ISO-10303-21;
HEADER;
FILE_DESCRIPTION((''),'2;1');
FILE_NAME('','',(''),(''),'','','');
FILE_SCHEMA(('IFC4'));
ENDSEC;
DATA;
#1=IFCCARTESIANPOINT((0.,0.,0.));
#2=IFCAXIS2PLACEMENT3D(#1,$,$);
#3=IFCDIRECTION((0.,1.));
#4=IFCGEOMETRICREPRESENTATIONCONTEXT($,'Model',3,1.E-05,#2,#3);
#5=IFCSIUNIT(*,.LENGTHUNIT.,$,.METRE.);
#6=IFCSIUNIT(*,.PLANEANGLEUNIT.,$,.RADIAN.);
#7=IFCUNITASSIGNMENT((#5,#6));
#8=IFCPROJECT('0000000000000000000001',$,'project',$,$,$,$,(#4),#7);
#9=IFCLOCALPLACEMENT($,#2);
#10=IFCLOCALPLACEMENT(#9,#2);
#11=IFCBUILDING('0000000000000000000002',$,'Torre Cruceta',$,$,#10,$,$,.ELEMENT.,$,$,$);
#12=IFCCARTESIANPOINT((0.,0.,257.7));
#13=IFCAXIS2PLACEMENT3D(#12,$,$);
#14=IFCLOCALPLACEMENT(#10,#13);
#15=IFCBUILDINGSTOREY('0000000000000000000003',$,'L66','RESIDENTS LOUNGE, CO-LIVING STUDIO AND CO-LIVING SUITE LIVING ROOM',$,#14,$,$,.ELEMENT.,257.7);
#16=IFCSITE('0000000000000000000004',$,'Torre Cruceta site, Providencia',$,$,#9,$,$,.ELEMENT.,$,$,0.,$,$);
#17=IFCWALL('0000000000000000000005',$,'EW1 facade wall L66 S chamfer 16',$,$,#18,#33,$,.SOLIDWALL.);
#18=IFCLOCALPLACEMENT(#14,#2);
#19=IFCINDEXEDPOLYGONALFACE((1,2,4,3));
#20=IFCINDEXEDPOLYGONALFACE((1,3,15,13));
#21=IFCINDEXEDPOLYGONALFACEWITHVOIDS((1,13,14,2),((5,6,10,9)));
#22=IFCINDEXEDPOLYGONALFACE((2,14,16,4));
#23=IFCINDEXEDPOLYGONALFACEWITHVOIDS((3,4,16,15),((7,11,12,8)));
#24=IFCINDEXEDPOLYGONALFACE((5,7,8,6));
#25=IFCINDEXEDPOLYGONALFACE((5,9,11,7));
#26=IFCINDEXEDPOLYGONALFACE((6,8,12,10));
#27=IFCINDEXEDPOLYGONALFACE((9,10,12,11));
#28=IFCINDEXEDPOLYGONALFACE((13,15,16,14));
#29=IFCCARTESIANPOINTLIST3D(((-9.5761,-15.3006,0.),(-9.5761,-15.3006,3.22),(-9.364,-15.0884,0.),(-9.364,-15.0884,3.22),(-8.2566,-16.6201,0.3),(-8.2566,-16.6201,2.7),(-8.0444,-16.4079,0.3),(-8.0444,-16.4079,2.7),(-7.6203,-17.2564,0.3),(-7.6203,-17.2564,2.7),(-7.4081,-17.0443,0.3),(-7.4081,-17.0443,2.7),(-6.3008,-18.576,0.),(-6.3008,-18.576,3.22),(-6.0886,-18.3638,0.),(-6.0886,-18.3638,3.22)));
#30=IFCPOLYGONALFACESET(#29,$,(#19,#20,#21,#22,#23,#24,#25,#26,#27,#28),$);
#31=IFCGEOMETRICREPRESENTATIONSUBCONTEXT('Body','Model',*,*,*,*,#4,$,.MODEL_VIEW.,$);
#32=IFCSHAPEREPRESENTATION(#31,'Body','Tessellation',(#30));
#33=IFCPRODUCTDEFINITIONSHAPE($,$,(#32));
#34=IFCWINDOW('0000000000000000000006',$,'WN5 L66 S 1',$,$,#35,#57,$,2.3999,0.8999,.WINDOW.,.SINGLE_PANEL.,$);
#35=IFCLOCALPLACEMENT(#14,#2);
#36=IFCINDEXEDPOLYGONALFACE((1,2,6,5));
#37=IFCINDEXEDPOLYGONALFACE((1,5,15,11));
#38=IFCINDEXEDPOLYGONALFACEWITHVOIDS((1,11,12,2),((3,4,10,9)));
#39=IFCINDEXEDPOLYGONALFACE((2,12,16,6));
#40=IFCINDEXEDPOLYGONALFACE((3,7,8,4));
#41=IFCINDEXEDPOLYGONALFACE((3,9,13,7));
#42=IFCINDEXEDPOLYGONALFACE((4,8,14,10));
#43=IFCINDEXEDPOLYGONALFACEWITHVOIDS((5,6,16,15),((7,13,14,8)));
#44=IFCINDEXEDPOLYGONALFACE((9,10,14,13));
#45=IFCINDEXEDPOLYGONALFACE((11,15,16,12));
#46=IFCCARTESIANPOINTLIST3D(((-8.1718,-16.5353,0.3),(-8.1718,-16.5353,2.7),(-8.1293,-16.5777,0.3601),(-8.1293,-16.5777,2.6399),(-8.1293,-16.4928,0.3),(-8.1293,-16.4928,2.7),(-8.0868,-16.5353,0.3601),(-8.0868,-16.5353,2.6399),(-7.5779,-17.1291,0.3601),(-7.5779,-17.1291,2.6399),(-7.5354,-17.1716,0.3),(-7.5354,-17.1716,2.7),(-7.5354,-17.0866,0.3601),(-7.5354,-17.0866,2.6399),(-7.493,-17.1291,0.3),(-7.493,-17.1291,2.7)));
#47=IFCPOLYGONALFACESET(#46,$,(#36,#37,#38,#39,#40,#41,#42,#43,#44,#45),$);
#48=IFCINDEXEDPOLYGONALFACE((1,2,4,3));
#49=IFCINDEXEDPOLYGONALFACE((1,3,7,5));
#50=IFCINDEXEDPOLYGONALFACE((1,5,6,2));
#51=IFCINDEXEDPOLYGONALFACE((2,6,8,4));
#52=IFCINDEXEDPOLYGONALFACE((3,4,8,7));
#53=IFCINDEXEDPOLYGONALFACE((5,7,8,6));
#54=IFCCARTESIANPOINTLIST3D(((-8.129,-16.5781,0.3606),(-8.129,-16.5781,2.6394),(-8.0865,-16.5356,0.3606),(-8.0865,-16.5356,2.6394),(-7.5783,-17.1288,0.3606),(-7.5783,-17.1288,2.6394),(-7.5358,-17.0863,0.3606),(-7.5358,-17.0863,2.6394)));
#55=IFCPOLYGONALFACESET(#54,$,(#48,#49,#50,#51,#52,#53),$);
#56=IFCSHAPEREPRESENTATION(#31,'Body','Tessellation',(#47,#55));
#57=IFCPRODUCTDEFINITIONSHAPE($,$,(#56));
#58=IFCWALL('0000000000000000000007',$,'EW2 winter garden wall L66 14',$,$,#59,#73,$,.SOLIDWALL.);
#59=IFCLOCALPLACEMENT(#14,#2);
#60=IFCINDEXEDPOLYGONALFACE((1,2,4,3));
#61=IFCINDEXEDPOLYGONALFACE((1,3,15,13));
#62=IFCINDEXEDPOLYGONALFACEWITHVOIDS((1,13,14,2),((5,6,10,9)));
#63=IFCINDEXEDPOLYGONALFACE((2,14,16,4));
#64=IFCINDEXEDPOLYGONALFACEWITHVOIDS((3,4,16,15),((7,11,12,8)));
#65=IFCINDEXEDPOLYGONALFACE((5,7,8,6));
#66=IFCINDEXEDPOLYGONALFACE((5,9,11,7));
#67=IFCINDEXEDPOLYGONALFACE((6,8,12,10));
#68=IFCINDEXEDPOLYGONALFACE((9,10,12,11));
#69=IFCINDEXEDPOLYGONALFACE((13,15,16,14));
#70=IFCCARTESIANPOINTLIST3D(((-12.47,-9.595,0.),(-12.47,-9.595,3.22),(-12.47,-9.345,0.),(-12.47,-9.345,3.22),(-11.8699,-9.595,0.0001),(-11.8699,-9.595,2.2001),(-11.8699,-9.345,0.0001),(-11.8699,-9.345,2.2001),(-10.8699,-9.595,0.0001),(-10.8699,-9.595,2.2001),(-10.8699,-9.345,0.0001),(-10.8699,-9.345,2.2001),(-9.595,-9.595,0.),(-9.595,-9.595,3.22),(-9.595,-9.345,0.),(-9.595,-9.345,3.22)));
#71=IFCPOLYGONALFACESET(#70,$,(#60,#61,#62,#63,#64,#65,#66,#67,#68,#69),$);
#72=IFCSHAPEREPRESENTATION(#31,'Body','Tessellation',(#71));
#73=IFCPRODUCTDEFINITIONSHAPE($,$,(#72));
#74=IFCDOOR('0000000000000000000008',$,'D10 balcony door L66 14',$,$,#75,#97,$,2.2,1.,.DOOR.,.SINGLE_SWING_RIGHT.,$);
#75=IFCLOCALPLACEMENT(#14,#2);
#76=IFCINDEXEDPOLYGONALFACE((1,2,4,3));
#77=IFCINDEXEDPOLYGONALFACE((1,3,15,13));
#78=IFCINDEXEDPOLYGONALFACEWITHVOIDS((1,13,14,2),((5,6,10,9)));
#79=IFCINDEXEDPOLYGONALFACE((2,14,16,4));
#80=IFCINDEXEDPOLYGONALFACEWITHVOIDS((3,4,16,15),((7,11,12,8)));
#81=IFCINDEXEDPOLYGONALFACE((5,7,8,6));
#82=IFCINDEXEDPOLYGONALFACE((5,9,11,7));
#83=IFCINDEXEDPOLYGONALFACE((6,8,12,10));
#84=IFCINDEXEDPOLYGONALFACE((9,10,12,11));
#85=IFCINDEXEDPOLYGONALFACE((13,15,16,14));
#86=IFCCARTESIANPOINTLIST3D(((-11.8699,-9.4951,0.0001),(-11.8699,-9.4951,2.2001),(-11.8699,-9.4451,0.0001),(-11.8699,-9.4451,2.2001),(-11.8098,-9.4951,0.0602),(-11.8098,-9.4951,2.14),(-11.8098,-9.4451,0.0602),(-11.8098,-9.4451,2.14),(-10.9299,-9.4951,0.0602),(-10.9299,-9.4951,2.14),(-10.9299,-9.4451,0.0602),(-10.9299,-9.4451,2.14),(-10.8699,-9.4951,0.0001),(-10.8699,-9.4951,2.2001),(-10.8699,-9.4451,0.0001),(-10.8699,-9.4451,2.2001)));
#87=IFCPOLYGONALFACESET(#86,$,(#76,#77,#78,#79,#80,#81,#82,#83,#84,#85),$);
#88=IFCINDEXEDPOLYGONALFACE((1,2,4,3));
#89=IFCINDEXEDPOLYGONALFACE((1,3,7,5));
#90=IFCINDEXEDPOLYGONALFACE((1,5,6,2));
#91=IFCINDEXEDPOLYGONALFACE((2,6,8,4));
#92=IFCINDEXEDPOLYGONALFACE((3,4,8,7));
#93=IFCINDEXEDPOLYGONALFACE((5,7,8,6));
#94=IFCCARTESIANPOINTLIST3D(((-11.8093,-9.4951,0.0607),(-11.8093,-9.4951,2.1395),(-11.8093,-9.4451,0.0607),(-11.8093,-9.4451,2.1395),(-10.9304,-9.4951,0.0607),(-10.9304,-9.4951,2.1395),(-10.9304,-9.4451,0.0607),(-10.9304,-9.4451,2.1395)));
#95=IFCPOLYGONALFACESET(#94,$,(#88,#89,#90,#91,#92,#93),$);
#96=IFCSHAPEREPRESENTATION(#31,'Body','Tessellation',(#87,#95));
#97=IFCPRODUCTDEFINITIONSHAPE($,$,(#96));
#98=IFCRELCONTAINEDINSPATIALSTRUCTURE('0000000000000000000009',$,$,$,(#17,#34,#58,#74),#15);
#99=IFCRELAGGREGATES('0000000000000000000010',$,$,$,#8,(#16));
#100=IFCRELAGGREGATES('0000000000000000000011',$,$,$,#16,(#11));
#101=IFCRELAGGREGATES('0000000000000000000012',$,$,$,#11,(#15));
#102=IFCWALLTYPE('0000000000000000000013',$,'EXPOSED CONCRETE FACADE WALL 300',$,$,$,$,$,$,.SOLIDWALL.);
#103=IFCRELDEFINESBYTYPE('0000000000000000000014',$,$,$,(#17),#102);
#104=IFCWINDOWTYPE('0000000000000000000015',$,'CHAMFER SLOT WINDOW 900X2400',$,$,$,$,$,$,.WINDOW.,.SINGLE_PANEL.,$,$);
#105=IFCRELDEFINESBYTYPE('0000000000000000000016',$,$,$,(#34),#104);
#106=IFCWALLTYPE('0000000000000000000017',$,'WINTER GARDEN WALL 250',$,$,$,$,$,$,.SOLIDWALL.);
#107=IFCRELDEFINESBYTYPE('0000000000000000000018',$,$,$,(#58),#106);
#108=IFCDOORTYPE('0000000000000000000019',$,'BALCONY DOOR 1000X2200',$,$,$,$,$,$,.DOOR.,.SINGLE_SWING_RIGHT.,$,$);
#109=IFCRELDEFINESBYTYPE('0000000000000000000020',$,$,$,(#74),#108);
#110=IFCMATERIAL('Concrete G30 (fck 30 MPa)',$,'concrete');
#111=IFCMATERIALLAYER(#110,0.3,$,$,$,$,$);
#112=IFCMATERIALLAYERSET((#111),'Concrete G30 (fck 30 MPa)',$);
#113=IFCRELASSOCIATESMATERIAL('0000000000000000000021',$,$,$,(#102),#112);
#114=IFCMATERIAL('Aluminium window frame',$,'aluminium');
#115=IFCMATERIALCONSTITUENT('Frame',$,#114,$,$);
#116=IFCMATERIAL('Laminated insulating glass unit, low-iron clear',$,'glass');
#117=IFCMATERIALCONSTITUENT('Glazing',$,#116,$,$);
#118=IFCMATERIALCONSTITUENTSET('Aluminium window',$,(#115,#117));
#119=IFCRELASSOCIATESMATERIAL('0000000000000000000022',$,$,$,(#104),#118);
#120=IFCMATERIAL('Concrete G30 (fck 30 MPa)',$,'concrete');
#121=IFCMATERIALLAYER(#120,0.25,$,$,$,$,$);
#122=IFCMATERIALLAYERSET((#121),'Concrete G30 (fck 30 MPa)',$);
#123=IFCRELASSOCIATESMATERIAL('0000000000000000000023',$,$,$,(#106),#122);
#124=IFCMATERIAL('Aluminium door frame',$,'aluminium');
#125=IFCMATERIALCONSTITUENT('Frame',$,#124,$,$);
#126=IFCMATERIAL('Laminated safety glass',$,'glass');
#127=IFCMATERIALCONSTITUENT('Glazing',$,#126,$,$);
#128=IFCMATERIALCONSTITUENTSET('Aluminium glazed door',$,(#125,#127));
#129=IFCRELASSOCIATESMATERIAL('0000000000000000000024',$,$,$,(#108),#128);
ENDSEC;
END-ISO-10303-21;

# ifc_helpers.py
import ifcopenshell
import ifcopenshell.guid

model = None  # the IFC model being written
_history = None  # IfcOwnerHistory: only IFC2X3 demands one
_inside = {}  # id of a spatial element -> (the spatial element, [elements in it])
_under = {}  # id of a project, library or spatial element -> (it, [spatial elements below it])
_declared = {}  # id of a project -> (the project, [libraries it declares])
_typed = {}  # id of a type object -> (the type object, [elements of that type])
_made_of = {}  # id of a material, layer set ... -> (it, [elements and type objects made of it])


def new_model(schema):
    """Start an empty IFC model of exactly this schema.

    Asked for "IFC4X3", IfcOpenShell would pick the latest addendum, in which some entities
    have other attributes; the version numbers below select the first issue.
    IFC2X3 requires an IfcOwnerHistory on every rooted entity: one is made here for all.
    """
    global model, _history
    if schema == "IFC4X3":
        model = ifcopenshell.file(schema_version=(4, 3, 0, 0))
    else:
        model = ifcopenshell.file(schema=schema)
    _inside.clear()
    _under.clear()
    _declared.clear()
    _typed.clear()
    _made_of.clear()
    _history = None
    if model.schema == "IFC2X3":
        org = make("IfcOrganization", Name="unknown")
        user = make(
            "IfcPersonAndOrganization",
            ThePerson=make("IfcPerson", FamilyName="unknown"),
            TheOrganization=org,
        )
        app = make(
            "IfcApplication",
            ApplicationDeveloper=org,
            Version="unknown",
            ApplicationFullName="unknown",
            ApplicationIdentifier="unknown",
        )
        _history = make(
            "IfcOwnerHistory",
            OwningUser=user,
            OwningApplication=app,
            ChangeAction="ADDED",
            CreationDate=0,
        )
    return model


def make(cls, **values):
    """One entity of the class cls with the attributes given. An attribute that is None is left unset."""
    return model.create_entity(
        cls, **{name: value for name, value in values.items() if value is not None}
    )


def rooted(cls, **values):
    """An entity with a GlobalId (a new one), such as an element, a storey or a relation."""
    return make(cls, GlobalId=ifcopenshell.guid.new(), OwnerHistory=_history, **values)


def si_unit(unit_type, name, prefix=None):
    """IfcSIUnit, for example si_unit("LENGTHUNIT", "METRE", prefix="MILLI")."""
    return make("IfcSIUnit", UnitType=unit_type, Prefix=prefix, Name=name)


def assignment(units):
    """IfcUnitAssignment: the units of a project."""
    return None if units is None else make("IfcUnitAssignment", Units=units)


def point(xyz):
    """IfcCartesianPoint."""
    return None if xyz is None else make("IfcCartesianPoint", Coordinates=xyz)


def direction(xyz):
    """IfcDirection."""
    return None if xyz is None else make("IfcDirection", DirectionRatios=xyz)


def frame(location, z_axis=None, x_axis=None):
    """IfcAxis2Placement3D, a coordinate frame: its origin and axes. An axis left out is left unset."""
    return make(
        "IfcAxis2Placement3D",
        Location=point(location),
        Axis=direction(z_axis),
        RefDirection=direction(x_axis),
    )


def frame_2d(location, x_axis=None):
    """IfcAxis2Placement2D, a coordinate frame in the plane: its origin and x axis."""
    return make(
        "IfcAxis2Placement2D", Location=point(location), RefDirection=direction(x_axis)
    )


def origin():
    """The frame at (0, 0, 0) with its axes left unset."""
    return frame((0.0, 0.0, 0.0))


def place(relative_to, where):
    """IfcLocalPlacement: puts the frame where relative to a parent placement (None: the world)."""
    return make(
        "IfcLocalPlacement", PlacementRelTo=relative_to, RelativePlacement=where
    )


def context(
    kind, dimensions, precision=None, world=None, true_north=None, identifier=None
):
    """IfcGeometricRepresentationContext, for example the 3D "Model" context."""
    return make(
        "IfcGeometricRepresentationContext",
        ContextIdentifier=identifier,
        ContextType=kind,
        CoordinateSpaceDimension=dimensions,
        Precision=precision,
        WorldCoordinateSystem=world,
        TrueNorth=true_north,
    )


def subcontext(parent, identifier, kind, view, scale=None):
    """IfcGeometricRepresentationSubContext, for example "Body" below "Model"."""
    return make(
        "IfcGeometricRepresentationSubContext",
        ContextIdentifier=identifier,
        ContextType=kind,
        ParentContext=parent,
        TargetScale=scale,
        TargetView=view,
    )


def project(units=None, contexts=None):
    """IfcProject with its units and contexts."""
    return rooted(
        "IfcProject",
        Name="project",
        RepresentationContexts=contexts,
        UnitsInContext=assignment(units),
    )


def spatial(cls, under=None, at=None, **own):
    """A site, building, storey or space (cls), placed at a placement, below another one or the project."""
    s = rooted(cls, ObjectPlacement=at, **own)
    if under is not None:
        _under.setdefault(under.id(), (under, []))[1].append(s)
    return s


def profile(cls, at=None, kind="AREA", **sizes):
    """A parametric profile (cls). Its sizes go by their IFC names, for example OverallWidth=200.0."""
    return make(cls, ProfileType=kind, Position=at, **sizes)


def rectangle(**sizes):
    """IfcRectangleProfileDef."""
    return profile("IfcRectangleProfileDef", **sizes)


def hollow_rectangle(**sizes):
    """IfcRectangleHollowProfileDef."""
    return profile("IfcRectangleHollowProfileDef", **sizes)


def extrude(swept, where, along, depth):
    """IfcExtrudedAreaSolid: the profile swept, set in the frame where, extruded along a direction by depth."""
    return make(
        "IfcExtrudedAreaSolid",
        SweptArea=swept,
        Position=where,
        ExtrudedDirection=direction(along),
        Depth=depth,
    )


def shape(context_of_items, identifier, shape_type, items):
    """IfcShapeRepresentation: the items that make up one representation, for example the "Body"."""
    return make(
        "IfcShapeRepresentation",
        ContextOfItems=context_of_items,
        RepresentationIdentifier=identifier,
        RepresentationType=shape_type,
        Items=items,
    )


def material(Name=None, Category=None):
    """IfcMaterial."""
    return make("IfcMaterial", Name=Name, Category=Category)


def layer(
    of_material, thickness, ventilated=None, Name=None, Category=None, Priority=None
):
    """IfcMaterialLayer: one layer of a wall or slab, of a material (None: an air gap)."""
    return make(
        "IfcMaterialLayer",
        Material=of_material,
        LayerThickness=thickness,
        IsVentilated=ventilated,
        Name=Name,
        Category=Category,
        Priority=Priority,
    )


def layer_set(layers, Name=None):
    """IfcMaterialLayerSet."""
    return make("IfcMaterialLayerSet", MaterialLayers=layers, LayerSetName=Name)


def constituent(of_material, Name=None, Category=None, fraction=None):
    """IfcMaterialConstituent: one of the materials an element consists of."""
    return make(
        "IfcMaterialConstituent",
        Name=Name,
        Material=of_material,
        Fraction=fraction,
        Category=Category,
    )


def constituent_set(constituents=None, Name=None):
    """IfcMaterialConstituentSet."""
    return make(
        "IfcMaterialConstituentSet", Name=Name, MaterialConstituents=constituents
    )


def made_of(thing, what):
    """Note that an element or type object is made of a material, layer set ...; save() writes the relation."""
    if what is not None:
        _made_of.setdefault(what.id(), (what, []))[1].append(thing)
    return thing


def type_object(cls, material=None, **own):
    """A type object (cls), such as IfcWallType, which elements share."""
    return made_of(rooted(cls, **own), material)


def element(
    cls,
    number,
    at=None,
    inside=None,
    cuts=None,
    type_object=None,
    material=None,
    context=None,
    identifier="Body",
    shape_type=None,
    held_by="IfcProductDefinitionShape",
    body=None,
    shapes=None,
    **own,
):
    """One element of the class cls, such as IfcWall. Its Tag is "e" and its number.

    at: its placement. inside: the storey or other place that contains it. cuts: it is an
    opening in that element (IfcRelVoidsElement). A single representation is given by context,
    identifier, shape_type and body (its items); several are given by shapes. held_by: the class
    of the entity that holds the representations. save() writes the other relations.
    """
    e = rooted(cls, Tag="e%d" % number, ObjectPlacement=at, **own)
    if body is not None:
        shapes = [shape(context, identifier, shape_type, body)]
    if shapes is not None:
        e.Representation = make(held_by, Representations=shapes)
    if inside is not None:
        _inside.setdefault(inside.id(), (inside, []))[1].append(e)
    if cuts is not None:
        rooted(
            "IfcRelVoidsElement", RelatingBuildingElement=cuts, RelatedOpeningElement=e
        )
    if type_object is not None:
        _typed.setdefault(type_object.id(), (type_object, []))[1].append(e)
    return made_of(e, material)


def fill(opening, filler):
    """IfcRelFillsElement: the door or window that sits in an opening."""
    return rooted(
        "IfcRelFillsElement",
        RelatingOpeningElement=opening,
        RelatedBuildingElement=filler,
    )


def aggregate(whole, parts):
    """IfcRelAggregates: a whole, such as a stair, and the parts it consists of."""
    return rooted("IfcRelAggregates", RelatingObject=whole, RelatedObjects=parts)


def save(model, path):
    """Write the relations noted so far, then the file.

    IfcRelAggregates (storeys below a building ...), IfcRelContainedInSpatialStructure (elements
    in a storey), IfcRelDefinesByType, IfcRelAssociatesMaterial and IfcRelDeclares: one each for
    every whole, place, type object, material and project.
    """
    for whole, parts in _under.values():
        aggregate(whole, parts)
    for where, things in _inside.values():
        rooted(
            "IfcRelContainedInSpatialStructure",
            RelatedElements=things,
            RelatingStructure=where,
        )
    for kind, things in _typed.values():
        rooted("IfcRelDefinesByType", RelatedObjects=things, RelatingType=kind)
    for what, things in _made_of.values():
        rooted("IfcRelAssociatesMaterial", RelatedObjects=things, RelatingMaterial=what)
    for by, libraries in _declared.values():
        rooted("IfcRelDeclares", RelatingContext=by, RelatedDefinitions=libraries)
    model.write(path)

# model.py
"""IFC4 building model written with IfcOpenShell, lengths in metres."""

from ifc_helpers import new_model, si_unit, direction, frame, frame_2d, origin, place, context, subcontext, project, spatial, rectangle, hollow_rectangle, extrude, material, layer, layer_set, constituent, constituent_set, type_object, element, fill, save


model = new_model("IFC4")

# Units and contexts
model_context = context("Model", 3, precision=1e-05, world=origin(), true_north=direction((0.0, 1.0)))
body_context = subcontext(model_context, "Body", "Model", "MODEL_VIEW")
ifc_project = project(units=[si_unit("LENGTHUNIT", "METRE"), si_unit("PLANEANGLEUNIT", "RADIAN")], contexts=[model_context])

# Site, building, storey
site_placement = place(None, origin())
site = spatial("IfcSite", under=ifc_project, at=site_placement, Name="Torre Cruceta site, Providencia", CompositionType="ELEMENT", RefElevation=0.0)
building_placement = place(site_placement, origin())
building = spatial("IfcBuilding", under=site, at=building_placement, Name="Torre Cruceta", CompositionType="ELEMENT")
storey_placement = place(building_placement, frame((0.0, 0.0, 257.7)))
storey = spatial("IfcBuildingStorey", under=building, at=storey_placement, Name="L66", Description="RESIDENTS LOUNGE, CO-LIVING STUDIO AND CO-LIVING SUITE LIVING ROOM", CompositionType="ELEMENT", Elevation=257.7)

# Wall, opening, window
ifc_material_1 = material(Name="Concrete G30 (fck 30 MPa)", Category="concrete")
ifc_layer_1 = layer(ifc_material_1, 0.3)
ifc_layer_set_1 = layer_set([ifc_layer_1], Name="Concrete G30 (fck 30 MPa)")
wall_type_1 = type_object("IfcWallType", Name="EXPOSED CONCRETE FACADE WALL 300", PredefinedType="SOLIDWALL", material=ifc_layer_set_1)
wall_1_placement = place(storey_placement, frame((-9.47, -15.1946, 0.0), z_axis=(0.0, 0.0, 1.0), x_axis=(0.707107, -0.707107, 0.0)))
wall_1 = element("IfcWall", 1, at=wall_1_placement, inside=storey, type_object=wall_type_1, Name="EW1 facade wall L66 S chamfer 16", PredefinedType="SOLIDWALL", context=body_context, shape_type="SweptSolid", body=[
    extrude(rectangle(XDim=4.6321, YDim=0.3, at=frame_2d((2.3159, 0.0))), origin(), (0.0, 0.0, 1.0), 3.22),
])
opening_1_placement = place(wall_1_placement, frame((1.866, 0.0, 0.3)))
opening_1 = element("IfcOpeningElement", 2, at=opening_1_placement, cuts=wall_1, PredefinedType="OPENING", context=body_context, shape_type="SweptSolid", body=[
    extrude(rectangle(XDim=0.8999, YDim=2.3999, at=frame_2d((0.45, 1.2))), frame((0.0, 0.1599, 0.0), z_axis=(0.0, -1.0, 0.0), x_axis=(1.0, 0.0, 0.0)), (0.0, 0.0, 1.0), 0.3201),
])
ifc_material_2 = material(Name="Aluminium window frame", Category="aluminium")
ifc_constituent_1 = constituent(ifc_material_2, Name="Frame")
ifc_material_3 = material(Name="Laminated insulating glass unit, low-iron clear", Category="glass")
ifc_constituent_2 = constituent(ifc_material_3, Name="Glazing")
ifc_constituent_set_1 = constituent_set(constituents=[ifc_constituent_1, ifc_constituent_2], Name="Aluminium window")
window_type = type_object("IfcWindowType", Name="CHAMFER SLOT WINDOW 900X2400", PartitioningType="SINGLE_PANEL", PredefinedType="WINDOW", material=ifc_constituent_set_1)
window_placement = place(opening_1_placement, origin())
window = element("IfcWindow", 3, at=window_placement, inside=storey, type_object=window_type, Name="WN5 L66 S 1", OverallHeight=2.3999, OverallWidth=0.8999, PartitioningType="SINGLE_PANEL", PredefinedType="WINDOW", context=body_context, shape_type="SweptSolid", body=[
    extrude(hollow_rectangle(XDim=0.8999, YDim=2.3999, WallThickness=0.0601, at=frame_2d((0.45, 1.2))), frame((0.0, 0.03, 0.0), z_axis=(0.0, -1.0, 0.0), x_axis=(1.0, 0.0, 0.0)), (0.0, 0.0, 1.0), 0.0601),
    extrude(rectangle(XDim=0.7788, YDim=2.2788, at=frame_2d((0.45, 1.2))), frame((0.0, 0.03, 0.0), z_axis=(0.0, -1.0, 0.0), x_axis=(1.0, 0.0, 0.0)), (0.0, 0.0, 1.0), 0.0601),
])
fill(opening_1, window)

# Wall, opening, door
ifc_material_4 = material(Name="Concrete G30 (fck 30 MPa)", Category="concrete")
ifc_layer_2 = layer(ifc_material_4, 0.25)
ifc_layer_set_2 = layer_set([ifc_layer_2], Name="Concrete G30 (fck 30 MPa)")
wall_type_2 = type_object("IfcWallType", Name="WINTER GARDEN WALL 250", PredefinedType="SOLIDWALL", material=ifc_layer_set_2)
wall_2_placement = place(storey_placement, frame((-12.47, -9.47, 0.0), z_axis=(0.0, 0.0, 1.0), x_axis=(1.0, 0.0, 0.0)))
wall_2 = element("IfcWall", 4, at=wall_2_placement, inside=storey, type_object=wall_type_2, Name="EW2 winter garden wall L66 14", PredefinedType="SOLIDWALL", context=body_context, shape_type="SweptSolid", body=[
    extrude(rectangle(XDim=2.875, YDim=0.25, at=frame_2d((1.4375, 0.0))), origin(), (0.0, 0.0, 1.0), 3.22),
])
opening_2_placement = place(wall_2_placement, frame((0.6001, 0.0, 0.0)))
opening_2 = element("IfcOpeningElement", 5, at=opening_2_placement, cuts=wall_2, PredefinedType="OPENING", context=body_context, shape_type="SweptSolid", body=[
    extrude(rectangle(XDim=1.0, YDim=2.2, at=frame_2d((0.5, 1.1001))), frame((0.0, 0.135, 0.0), z_axis=(0.0, -1.0, 0.0), x_axis=(1.0, 0.0, 0.0)), (0.0, 0.0, 1.0), 0.27),
])
ifc_material_5 = material(Name="Aluminium door frame", Category="aluminium")
ifc_constituent_3 = constituent(ifc_material_5, Name="Frame")
ifc_material_6 = material(Name="Laminated safety glass", Category="glass")
ifc_constituent_4 = constituent(ifc_material_6, Name="Glazing")
ifc_constituent_set_2 = constituent_set(constituents=[ifc_constituent_3, ifc_constituent_4], Name="Aluminium glazed door")
door_type = type_object("IfcDoorType", Name="BALCONY DOOR 1000X2200", OperationType="SINGLE_SWING_RIGHT", PredefinedType="DOOR", material=ifc_constituent_set_2)
door_placement = place(opening_2_placement, origin())
door = element("IfcDoor", 6, at=door_placement, inside=storey, type_object=door_type, Name="D10 balcony door L66 14", OperationType="SINGLE_SWING_RIGHT", OverallHeight=2.2, OverallWidth=1.0, PredefinedType="DOOR", context=body_context, shape_type="SweptSolid", body=[
    extrude(hollow_rectangle(XDim=1.0, YDim=2.2, WallThickness=0.0601, at=frame_2d((0.5, 1.1001))), frame((0.0, 0.0249, 0.0), z_axis=(0.0, -1.0, 0.0), x_axis=(1.0, 0.0, 0.0)), (0.0, 0.0, 1.0), 0.05),
    extrude(rectangle(XDim=0.8789, YDim=2.0789, at=frame_2d((0.5, 1.1001))), frame((0.0, 0.0249, 0.0), z_axis=(0.0, -1.0, 0.0), x_axis=(1.0, 0.0, 0.0)), (0.0, 0.0, 1.0), 0.05),
])
fill(opening_2, door)

save(model, "model.ifc")
